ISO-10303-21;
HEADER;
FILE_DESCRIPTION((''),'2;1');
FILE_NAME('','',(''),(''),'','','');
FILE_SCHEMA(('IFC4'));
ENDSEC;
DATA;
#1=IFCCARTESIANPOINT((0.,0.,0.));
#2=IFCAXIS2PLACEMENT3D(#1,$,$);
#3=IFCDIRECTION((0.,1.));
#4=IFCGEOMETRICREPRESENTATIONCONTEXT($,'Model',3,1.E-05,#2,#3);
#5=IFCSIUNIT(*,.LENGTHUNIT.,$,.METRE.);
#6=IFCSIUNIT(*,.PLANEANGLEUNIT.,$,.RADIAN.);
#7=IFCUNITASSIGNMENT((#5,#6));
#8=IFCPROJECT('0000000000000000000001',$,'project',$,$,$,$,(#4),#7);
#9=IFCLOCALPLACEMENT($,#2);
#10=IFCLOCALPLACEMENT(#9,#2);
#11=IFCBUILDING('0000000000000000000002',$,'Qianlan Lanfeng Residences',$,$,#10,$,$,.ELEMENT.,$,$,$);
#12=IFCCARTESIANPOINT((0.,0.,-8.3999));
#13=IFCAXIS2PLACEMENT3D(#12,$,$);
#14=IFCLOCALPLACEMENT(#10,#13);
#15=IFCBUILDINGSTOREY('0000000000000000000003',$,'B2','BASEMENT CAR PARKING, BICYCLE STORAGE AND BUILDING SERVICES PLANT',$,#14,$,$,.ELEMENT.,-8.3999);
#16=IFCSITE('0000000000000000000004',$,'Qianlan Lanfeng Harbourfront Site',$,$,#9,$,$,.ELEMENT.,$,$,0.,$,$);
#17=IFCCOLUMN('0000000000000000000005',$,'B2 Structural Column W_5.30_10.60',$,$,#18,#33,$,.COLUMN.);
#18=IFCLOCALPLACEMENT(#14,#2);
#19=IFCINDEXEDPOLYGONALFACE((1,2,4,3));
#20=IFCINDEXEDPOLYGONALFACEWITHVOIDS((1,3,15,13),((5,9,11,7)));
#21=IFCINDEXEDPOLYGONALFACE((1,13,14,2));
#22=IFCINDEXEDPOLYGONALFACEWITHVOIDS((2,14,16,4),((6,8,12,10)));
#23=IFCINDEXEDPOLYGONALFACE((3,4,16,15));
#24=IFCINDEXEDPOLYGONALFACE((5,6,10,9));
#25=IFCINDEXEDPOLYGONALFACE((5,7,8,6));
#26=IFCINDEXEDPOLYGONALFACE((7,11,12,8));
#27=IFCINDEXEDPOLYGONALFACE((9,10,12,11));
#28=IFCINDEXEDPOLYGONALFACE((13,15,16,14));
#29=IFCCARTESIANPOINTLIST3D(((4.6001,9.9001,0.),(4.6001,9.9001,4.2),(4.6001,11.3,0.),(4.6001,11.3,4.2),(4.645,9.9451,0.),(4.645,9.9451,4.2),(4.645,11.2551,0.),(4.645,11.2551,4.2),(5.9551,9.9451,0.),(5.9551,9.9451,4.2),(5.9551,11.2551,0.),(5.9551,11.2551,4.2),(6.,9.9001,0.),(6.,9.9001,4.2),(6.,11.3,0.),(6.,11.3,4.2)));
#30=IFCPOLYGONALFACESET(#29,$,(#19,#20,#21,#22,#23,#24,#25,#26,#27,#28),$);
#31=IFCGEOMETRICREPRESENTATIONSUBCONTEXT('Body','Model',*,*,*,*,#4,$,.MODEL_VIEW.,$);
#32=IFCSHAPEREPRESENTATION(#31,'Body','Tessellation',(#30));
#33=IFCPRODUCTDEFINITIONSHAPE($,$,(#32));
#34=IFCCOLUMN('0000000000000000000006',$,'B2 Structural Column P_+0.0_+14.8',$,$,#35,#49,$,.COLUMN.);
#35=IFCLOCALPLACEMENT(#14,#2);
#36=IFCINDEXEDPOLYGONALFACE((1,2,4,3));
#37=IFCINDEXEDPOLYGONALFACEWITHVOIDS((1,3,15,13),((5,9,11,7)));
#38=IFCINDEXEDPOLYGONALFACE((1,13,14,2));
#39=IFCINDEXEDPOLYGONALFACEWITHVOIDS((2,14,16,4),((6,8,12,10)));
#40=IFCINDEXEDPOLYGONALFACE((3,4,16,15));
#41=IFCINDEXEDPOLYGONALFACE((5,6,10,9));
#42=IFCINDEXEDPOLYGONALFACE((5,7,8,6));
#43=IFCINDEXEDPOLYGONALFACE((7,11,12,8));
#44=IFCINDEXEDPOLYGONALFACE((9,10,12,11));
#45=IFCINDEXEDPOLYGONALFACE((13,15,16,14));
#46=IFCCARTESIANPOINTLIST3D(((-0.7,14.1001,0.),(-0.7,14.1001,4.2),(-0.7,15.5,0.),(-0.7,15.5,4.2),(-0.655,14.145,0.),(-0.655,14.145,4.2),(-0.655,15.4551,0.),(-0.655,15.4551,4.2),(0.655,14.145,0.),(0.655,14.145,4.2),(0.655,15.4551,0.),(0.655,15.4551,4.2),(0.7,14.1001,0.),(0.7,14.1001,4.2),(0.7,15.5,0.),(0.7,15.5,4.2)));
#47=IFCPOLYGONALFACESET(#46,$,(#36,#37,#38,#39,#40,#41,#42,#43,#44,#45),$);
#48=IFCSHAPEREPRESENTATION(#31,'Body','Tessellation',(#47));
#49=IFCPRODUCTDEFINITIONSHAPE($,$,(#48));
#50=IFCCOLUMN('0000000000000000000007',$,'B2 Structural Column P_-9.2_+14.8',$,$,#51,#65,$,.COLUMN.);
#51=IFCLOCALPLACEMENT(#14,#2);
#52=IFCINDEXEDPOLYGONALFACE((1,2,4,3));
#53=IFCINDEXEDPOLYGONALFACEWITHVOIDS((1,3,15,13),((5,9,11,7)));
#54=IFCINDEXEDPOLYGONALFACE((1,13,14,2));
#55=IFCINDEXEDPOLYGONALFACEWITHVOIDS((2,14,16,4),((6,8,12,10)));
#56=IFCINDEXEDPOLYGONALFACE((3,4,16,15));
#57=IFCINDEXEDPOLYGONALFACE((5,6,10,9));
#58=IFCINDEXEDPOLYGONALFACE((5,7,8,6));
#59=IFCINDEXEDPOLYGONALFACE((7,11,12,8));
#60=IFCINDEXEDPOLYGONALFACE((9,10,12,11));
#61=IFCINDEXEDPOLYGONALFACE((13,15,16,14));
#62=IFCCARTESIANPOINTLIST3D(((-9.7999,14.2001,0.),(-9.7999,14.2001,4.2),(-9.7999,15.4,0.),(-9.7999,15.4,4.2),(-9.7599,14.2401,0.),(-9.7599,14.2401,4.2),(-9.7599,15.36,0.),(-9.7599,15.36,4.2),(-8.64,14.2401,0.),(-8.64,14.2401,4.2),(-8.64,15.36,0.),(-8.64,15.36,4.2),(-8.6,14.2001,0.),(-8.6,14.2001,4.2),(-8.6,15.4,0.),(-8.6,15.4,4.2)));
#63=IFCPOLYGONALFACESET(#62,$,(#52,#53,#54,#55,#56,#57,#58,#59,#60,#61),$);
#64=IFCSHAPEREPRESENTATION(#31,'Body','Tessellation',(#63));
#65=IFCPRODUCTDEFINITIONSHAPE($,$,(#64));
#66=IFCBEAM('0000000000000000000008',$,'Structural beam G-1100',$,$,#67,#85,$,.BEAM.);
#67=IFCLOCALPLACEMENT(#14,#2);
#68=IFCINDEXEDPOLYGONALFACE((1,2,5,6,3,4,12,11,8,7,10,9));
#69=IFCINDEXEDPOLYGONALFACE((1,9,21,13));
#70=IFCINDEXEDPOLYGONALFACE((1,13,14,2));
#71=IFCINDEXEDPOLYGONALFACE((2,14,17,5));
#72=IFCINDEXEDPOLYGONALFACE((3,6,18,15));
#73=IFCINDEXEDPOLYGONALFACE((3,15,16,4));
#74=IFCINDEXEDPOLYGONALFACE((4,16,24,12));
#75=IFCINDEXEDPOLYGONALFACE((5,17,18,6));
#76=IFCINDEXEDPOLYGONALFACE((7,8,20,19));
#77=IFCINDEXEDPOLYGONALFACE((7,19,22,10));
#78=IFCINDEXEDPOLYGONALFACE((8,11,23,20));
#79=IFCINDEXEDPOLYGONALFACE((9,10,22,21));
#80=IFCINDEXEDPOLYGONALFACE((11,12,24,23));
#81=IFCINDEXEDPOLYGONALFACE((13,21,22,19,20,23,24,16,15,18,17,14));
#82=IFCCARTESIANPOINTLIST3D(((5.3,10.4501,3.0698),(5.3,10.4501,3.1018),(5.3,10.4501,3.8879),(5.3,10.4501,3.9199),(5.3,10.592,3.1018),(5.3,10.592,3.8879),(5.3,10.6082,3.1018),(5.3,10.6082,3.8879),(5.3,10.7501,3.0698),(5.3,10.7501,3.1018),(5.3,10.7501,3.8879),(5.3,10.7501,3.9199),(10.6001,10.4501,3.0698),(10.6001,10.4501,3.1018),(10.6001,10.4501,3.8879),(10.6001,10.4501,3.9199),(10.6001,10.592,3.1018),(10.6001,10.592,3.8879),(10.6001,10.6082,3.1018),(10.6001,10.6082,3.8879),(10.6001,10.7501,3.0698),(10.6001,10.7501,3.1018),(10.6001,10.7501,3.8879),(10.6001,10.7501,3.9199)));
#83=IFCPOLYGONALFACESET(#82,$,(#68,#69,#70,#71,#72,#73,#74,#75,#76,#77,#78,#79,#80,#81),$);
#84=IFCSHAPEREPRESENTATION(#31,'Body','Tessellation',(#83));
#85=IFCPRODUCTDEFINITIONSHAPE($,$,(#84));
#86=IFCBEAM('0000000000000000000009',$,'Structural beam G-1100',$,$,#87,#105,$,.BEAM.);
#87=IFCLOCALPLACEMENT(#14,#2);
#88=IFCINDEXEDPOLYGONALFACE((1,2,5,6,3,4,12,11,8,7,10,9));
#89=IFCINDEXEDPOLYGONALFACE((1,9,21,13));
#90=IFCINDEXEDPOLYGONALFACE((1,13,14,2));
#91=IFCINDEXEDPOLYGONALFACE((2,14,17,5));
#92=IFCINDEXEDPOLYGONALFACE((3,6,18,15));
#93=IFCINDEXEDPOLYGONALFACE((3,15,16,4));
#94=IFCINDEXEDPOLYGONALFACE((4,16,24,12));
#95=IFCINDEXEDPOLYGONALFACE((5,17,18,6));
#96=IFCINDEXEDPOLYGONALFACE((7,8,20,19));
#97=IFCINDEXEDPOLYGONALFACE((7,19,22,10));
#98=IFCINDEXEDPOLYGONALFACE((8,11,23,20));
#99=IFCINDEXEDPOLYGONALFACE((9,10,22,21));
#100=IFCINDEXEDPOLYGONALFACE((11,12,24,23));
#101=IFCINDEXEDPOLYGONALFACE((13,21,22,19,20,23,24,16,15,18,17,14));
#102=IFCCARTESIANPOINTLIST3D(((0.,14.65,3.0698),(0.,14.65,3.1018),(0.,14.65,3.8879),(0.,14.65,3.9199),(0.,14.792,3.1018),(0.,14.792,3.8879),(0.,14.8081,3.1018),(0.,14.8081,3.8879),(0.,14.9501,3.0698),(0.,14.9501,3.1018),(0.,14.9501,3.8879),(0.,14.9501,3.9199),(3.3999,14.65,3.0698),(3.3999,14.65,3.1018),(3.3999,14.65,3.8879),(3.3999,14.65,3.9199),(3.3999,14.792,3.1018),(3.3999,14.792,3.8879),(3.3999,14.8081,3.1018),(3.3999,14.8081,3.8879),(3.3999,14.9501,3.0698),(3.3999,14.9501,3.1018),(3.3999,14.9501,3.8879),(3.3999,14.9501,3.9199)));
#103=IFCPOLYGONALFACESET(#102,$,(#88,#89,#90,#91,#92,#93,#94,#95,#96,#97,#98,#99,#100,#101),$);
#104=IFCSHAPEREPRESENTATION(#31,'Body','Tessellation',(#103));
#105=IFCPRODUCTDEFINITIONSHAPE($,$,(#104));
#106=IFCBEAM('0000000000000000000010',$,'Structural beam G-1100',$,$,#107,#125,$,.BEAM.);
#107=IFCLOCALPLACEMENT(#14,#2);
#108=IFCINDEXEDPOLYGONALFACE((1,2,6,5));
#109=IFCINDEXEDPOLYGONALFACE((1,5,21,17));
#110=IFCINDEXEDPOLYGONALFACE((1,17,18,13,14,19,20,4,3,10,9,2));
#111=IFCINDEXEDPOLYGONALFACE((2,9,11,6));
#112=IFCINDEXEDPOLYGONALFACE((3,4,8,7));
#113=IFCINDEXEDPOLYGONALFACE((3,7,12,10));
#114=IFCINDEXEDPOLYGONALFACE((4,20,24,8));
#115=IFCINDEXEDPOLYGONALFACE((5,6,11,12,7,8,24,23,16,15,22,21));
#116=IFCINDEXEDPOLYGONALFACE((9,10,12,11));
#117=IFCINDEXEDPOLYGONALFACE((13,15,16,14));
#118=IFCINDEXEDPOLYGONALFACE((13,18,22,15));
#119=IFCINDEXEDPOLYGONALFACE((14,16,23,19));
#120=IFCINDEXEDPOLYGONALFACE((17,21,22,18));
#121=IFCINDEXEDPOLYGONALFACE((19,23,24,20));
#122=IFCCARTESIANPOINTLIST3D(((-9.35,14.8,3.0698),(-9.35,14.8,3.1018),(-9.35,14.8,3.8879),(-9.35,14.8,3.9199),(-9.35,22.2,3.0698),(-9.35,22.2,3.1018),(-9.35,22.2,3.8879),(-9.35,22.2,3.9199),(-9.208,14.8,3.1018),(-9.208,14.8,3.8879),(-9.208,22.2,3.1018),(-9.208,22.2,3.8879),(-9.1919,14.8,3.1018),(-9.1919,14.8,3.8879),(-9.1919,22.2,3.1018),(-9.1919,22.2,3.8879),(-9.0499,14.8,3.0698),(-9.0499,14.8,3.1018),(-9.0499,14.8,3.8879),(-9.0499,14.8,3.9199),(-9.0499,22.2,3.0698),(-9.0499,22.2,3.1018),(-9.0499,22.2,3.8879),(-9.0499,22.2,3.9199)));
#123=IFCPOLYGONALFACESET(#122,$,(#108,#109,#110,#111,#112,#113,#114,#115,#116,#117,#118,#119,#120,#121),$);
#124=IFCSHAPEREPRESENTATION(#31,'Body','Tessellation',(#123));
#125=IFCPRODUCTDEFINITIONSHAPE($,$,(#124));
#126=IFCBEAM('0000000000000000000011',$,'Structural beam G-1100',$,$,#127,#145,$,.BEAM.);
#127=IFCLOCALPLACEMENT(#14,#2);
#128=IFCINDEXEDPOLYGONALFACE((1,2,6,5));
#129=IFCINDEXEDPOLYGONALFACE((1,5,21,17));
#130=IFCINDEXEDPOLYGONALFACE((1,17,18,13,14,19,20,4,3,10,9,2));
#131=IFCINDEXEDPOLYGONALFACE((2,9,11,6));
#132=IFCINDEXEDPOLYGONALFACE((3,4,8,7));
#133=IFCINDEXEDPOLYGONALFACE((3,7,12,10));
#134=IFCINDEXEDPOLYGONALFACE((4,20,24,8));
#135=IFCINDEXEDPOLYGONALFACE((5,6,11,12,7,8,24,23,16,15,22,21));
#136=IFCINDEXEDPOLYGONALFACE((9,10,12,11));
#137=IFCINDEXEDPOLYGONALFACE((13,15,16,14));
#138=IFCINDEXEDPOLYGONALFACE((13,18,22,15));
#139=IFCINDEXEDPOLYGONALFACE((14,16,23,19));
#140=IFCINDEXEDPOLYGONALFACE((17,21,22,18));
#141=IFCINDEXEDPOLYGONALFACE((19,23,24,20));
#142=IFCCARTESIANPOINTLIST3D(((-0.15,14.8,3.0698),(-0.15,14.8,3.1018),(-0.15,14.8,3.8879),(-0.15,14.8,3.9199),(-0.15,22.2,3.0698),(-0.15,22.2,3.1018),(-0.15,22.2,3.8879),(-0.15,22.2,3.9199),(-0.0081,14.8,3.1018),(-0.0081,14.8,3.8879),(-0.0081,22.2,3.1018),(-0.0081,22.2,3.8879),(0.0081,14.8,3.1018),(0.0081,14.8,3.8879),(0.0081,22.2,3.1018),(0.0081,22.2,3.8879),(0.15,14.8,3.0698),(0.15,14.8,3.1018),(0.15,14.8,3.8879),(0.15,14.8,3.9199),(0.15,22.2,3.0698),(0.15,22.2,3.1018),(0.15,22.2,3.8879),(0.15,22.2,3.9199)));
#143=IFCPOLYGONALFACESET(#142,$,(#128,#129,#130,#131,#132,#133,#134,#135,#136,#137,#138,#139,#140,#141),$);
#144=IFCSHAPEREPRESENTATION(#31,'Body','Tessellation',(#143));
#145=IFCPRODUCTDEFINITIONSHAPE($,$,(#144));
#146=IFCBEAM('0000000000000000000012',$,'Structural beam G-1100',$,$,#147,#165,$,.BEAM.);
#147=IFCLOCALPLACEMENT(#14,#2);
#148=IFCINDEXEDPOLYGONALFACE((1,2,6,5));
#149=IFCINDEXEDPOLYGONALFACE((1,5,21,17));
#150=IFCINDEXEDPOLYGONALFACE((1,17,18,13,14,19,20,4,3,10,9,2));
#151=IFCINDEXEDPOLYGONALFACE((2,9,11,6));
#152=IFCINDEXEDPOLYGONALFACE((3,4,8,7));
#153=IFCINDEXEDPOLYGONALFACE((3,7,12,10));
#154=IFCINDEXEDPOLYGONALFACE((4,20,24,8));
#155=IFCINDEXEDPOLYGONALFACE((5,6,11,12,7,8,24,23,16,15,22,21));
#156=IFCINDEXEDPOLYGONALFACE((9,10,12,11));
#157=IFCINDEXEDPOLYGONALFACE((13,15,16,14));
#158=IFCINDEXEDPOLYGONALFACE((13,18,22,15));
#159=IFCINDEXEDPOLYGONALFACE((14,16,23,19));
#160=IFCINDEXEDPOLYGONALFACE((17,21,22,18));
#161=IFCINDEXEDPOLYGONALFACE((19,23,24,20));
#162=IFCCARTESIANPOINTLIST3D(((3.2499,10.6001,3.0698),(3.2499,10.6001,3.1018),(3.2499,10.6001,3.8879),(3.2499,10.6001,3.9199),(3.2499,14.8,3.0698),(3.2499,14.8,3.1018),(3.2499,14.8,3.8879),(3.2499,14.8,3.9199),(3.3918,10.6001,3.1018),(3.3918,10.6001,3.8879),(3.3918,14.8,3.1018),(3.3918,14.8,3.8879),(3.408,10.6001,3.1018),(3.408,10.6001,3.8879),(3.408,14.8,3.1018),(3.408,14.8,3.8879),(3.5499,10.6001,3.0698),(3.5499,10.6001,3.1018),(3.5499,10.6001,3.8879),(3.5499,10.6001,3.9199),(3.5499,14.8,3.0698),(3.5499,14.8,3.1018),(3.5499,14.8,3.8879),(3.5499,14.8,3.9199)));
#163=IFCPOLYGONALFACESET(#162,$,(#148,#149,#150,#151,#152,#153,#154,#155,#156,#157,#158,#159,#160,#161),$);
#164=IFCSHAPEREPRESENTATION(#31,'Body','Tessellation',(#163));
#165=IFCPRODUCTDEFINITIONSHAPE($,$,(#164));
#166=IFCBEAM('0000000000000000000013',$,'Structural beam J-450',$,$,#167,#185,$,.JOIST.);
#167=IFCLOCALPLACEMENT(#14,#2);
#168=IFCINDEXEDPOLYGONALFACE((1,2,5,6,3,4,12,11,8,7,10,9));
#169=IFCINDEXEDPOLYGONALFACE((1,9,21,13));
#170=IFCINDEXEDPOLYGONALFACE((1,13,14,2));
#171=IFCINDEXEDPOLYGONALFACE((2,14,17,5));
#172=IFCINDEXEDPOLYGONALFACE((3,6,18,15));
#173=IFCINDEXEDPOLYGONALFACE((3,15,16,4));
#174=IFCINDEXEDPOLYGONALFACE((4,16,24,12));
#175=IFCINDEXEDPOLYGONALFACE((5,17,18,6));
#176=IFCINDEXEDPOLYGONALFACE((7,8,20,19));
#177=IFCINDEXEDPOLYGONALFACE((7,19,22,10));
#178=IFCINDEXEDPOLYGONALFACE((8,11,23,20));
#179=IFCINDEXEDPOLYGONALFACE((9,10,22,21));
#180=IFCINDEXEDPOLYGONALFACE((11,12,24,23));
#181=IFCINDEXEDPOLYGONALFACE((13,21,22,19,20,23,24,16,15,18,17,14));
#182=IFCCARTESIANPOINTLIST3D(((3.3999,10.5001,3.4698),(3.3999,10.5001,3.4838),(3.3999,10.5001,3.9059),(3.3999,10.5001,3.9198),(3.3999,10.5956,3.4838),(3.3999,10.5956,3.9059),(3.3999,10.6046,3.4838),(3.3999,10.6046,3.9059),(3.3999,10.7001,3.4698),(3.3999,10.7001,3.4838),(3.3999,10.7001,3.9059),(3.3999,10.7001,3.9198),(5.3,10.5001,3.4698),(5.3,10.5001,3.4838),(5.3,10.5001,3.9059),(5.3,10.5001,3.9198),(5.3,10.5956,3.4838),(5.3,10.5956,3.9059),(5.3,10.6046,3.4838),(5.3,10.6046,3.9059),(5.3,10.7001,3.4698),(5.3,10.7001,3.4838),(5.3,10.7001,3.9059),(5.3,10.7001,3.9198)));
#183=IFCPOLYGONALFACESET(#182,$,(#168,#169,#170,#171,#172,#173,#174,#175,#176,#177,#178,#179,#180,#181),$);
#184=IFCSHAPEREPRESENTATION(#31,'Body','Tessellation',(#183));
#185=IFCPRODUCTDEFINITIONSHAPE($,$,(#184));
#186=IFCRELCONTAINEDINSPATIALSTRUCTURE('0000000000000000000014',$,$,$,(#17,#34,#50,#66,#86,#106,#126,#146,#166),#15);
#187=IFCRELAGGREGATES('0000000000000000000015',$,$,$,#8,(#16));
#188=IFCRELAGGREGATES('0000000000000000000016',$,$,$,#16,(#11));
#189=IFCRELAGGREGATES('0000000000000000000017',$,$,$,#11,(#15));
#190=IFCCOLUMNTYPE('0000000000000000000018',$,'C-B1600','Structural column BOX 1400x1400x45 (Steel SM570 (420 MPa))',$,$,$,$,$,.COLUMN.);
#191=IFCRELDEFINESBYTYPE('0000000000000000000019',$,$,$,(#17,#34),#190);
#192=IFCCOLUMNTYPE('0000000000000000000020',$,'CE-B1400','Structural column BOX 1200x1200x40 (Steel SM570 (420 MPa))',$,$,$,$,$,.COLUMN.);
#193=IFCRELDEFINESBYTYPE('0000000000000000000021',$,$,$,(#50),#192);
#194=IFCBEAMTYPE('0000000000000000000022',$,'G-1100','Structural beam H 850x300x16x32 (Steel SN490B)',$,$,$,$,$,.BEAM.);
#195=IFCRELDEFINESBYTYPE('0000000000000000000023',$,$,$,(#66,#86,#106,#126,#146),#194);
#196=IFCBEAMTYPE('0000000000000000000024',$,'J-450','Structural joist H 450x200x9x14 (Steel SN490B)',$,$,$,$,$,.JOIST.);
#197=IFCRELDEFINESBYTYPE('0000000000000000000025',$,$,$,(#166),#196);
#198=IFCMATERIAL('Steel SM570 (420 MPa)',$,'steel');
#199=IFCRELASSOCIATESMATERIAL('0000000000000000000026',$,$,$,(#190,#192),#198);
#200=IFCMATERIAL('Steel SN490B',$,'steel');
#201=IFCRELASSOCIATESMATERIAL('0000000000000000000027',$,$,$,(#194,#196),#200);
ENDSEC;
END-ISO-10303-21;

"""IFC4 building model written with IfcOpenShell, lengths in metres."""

from ifc_helpers import new_model, si_unit, direction, frame, origin, origin_2d, place, context, subcontext, project, spatial, hollow_rectangle, i_section, extrude, material, material_profile, profile_set, type_object, element, save


model = new_model("IFC4")

# Units and contexts
model_context = context("Model", 3, precision=1e-05, world=origin(), true_north=direction((0.0, 1.0)))
body_context = subcontext(model_context, "Body", "Model", "MODEL_VIEW")
ifc_project = project(units=[si_unit("LENGTHUNIT", "METRE"), si_unit("PLANEANGLEUNIT", "RADIAN")], contexts=[model_context])

# Site, building, storey
site_placement = place(None, origin())
site = spatial("IfcSite", under=ifc_project, at=site_placement, Name="Qianlan Lanfeng Harbourfront Site", CompositionType="ELEMENT", RefElevation=0.0)
building_placement = place(site_placement, origin())
building = spatial("IfcBuilding", under=site, at=building_placement, Name="Qianlan Lanfeng Residences", CompositionType="ELEMENT")
storey_placement = place(building_placement, frame((0.0, 0.0, -8.3999)))
storey = spatial("IfcBuildingStorey", under=building, at=storey_placement, Name="B2", Description="BASEMENT CAR PARKING, BICYCLE STORAGE AND BUILDING SERVICES PLANT", CompositionType="ELEMENT", Elevation=-8.3999)

# Columns
ifc_material_1 = material(Name="Steel SM570 (420 MPa)", Category="steel")
ifc_material_profile_1 = material_profile(ifc_material_1, hollow_rectangle(XDim=1.3999, YDim=1.3999, WallThickness=0.0449, at=origin_2d()), Name="BOX 1400x1400x45")
ifc_profile_set_1 = profile_set([ifc_material_profile_1], Name="Steel SM570 (420 MPa)")
column_type_1 = type_object("IfcColumnType", Name="C-B1600", Description="Structural column BOX 1400x1400x45 (Steel SM570 (420 MPa))", PredefinedType="COLUMN", material=ifc_profile_set_1)
for number, where, z_axis, x_axis, name in (
    (1, (5.3, 10.6001, 0.0), (0.0, 0.0, 1.0), (1.0, 0.0, 0.0), "B2 Structural Column W_5.30_10.60"),
    (2, (0.0, 14.8, 0.0), (0.0, 0.0, 1.0), (1.0, 0.0, 0.0), "B2 Structural Column P_+0.0_+14.8"),
):
    element("IfcColumn", number, at=place(storey_placement, frame(where, z_axis=z_axis, x_axis=x_axis)), inside=storey, type_object=column_type_1, Name=name, PredefinedType="COLUMN", context=body_context, shape_type="SweptSolid", body=[
        extrude(hollow_rectangle(XDim=1.3999, YDim=1.3999, WallThickness=0.0449, at=origin_2d()), origin(), (0.0, 0.0, 1.0), 4.2),
    ])
ifc_material_profile_2 = material_profile(ifc_material_1, hollow_rectangle(XDim=1.2, YDim=1.2, WallThickness=0.04, at=origin_2d()), Name="BOX 1200x1200x40")
ifc_profile_set_2 = profile_set([ifc_material_profile_2], Name="Steel SM570 (420 MPa)")
column_type_2 = type_object("IfcColumnType", Name="CE-B1400", Description="Structural column BOX 1200x1200x40 (Steel SM570 (420 MPa))", PredefinedType="COLUMN", material=ifc_profile_set_2)
column_placement = place(storey_placement, frame((-9.2, 14.8, 0.0), z_axis=(0.0, 0.0, 1.0), x_axis=(1.0, 0.0, 0.0)))
element("IfcColumn", 3, at=column_placement, inside=storey, type_object=column_type_2, Name="B2 Structural Column P_-9.2_+14.8", PredefinedType="COLUMN", context=body_context, shape_type="SweptSolid", body=[
    extrude(hollow_rectangle(XDim=1.2, YDim=1.2, WallThickness=0.04, at=origin_2d()), origin(), (0.0, 0.0, 1.0), 4.2),
])

# Beams
ifc_material_2 = material(Name="Steel SN490B", Category="steel")
ifc_material_profile_3 = material_profile(ifc_material_2, i_section(OverallWidth=0.3, OverallDepth=0.8501, WebThickness=0.0161, FlangeThickness=0.032, at=origin_2d()), Name="H 850x300x16x32")
ifc_profile_set_3 = profile_set([ifc_material_profile_3], Name="Steel SN490B")
beam_type_1 = type_object("IfcBeamType", Name="G-1100", Description="Structural beam H 850x300x16x32 (Steel SN490B)", PredefinedType="BEAM", material=ifc_profile_set_3)
beam_1_placement = place(storey_placement, frame((5.3, 10.6001, 3.4949), z_axis=(1.0, 0.0, 0.0), x_axis=(0.0, 1.0, 0.0)))
element("IfcBeam", 4, at=beam_1_placement, inside=storey, type_object=beam_type_1, Name="Structural beam G-1100", PredefinedType="BEAM", context=body_context, shape_type="SweptSolid", body=[
    extrude(i_section(OverallWidth=0.3, OverallDepth=0.8501, WebThickness=0.0161, FlangeThickness=0.032, at=origin_2d()), origin(), (0.0, 0.0, 1.0), 5.3),
])
beam_2_placement = place(storey_placement, frame((0.0, 14.8, 3.4949), z_axis=(1.0, 0.0, 0.0), x_axis=(0.0, 1.0, 0.0)))
element("IfcBeam", 5, at=beam_2_placement, inside=storey, type_object=beam_type_1, Name="Structural beam G-1100", PredefinedType="BEAM", context=body_context, shape_type="SweptSolid", body=[
    extrude(i_section(OverallWidth=0.3, OverallDepth=0.8501, WebThickness=0.0161, FlangeThickness=0.032, at=origin_2d()), origin(), (0.0, 0.0, 1.0), 3.3999),
])
for number, where, z_axis, x_axis, name in (
    (6, (-9.2, 14.8, 3.4949), (0.0, 1.0, 0.0), (-1.0, 0.0, 0.0), "Structural beam G-1100"),
    (7, (0.0, 14.8, 3.4949), (0.0, 1.0, 0.0), (-1.0, 0.0, 0.0), "Structural beam G-1100"),
):
    element("IfcBeam", number, at=place(storey_placement, frame(where, z_axis=z_axis, x_axis=x_axis)), inside=storey, type_object=beam_type_1, Name=name, PredefinedType="BEAM", context=body_context, shape_type="SweptSolid", body=[
        extrude(i_section(OverallWidth=0.3, OverallDepth=0.8501, WebThickness=0.0161, FlangeThickness=0.032, at=origin_2d()), origin(), (0.0, 0.0, 1.0), 7.3999),
    ])
beam_3_placement = place(storey_placement, frame((3.3999, 10.6001, 3.4949), z_axis=(0.0, 1.0, 0.0), x_axis=(-1.0, 0.0, 0.0)))
element("IfcBeam", 8, at=beam_3_placement, inside=storey, type_object=beam_type_1, Name="Structural beam G-1100", PredefinedType="BEAM", context=body_context, shape_type="SweptSolid", body=[
    extrude(i_section(OverallWidth=0.3, OverallDepth=0.8501, WebThickness=0.0161, FlangeThickness=0.032, at=origin_2d()), origin(), (0.0, 0.0, 1.0), 4.2),
])
ifc_material_profile_4 = material_profile(ifc_material_2, i_section(OverallWidth=0.2, OverallDepth=0.45, WebThickness=0.009, FlangeThickness=0.0139, at=origin_2d()), Name="H 450x200x9x14")
ifc_profile_set_4 = profile_set([ifc_material_profile_4], Name="Steel SN490B")
beam_type_2 = type_object("IfcBeamType", Name="J-450", Description="Structural joist H 450x200x9x14 (Steel SN490B)", PredefinedType="JOIST", material=ifc_profile_set_4)
for number, where, z_axis, x_axis, name in (
    (9, (3.3999, 10.6001, 3.6948), (1.0, 0.0, 0.0), (0.0, 1.0, 0.0), "Structural beam J-450"),
):
    element("IfcBeam", number, at=place(storey_placement, frame(where, z_axis=z_axis, x_axis=x_axis)), inside=storey, type_object=beam_type_2, Name=name, PredefinedType="JOIST", context=body_context, shape_type="SweptSolid", body=[
        extrude(i_section(OverallWidth=0.2, OverallDepth=0.45, WebThickness=0.009, FlangeThickness=0.0139, at=origin_2d()), origin(), (0.0, 0.0, 1.0), 1.9001),
    ])

save(model, "model.ifc")
